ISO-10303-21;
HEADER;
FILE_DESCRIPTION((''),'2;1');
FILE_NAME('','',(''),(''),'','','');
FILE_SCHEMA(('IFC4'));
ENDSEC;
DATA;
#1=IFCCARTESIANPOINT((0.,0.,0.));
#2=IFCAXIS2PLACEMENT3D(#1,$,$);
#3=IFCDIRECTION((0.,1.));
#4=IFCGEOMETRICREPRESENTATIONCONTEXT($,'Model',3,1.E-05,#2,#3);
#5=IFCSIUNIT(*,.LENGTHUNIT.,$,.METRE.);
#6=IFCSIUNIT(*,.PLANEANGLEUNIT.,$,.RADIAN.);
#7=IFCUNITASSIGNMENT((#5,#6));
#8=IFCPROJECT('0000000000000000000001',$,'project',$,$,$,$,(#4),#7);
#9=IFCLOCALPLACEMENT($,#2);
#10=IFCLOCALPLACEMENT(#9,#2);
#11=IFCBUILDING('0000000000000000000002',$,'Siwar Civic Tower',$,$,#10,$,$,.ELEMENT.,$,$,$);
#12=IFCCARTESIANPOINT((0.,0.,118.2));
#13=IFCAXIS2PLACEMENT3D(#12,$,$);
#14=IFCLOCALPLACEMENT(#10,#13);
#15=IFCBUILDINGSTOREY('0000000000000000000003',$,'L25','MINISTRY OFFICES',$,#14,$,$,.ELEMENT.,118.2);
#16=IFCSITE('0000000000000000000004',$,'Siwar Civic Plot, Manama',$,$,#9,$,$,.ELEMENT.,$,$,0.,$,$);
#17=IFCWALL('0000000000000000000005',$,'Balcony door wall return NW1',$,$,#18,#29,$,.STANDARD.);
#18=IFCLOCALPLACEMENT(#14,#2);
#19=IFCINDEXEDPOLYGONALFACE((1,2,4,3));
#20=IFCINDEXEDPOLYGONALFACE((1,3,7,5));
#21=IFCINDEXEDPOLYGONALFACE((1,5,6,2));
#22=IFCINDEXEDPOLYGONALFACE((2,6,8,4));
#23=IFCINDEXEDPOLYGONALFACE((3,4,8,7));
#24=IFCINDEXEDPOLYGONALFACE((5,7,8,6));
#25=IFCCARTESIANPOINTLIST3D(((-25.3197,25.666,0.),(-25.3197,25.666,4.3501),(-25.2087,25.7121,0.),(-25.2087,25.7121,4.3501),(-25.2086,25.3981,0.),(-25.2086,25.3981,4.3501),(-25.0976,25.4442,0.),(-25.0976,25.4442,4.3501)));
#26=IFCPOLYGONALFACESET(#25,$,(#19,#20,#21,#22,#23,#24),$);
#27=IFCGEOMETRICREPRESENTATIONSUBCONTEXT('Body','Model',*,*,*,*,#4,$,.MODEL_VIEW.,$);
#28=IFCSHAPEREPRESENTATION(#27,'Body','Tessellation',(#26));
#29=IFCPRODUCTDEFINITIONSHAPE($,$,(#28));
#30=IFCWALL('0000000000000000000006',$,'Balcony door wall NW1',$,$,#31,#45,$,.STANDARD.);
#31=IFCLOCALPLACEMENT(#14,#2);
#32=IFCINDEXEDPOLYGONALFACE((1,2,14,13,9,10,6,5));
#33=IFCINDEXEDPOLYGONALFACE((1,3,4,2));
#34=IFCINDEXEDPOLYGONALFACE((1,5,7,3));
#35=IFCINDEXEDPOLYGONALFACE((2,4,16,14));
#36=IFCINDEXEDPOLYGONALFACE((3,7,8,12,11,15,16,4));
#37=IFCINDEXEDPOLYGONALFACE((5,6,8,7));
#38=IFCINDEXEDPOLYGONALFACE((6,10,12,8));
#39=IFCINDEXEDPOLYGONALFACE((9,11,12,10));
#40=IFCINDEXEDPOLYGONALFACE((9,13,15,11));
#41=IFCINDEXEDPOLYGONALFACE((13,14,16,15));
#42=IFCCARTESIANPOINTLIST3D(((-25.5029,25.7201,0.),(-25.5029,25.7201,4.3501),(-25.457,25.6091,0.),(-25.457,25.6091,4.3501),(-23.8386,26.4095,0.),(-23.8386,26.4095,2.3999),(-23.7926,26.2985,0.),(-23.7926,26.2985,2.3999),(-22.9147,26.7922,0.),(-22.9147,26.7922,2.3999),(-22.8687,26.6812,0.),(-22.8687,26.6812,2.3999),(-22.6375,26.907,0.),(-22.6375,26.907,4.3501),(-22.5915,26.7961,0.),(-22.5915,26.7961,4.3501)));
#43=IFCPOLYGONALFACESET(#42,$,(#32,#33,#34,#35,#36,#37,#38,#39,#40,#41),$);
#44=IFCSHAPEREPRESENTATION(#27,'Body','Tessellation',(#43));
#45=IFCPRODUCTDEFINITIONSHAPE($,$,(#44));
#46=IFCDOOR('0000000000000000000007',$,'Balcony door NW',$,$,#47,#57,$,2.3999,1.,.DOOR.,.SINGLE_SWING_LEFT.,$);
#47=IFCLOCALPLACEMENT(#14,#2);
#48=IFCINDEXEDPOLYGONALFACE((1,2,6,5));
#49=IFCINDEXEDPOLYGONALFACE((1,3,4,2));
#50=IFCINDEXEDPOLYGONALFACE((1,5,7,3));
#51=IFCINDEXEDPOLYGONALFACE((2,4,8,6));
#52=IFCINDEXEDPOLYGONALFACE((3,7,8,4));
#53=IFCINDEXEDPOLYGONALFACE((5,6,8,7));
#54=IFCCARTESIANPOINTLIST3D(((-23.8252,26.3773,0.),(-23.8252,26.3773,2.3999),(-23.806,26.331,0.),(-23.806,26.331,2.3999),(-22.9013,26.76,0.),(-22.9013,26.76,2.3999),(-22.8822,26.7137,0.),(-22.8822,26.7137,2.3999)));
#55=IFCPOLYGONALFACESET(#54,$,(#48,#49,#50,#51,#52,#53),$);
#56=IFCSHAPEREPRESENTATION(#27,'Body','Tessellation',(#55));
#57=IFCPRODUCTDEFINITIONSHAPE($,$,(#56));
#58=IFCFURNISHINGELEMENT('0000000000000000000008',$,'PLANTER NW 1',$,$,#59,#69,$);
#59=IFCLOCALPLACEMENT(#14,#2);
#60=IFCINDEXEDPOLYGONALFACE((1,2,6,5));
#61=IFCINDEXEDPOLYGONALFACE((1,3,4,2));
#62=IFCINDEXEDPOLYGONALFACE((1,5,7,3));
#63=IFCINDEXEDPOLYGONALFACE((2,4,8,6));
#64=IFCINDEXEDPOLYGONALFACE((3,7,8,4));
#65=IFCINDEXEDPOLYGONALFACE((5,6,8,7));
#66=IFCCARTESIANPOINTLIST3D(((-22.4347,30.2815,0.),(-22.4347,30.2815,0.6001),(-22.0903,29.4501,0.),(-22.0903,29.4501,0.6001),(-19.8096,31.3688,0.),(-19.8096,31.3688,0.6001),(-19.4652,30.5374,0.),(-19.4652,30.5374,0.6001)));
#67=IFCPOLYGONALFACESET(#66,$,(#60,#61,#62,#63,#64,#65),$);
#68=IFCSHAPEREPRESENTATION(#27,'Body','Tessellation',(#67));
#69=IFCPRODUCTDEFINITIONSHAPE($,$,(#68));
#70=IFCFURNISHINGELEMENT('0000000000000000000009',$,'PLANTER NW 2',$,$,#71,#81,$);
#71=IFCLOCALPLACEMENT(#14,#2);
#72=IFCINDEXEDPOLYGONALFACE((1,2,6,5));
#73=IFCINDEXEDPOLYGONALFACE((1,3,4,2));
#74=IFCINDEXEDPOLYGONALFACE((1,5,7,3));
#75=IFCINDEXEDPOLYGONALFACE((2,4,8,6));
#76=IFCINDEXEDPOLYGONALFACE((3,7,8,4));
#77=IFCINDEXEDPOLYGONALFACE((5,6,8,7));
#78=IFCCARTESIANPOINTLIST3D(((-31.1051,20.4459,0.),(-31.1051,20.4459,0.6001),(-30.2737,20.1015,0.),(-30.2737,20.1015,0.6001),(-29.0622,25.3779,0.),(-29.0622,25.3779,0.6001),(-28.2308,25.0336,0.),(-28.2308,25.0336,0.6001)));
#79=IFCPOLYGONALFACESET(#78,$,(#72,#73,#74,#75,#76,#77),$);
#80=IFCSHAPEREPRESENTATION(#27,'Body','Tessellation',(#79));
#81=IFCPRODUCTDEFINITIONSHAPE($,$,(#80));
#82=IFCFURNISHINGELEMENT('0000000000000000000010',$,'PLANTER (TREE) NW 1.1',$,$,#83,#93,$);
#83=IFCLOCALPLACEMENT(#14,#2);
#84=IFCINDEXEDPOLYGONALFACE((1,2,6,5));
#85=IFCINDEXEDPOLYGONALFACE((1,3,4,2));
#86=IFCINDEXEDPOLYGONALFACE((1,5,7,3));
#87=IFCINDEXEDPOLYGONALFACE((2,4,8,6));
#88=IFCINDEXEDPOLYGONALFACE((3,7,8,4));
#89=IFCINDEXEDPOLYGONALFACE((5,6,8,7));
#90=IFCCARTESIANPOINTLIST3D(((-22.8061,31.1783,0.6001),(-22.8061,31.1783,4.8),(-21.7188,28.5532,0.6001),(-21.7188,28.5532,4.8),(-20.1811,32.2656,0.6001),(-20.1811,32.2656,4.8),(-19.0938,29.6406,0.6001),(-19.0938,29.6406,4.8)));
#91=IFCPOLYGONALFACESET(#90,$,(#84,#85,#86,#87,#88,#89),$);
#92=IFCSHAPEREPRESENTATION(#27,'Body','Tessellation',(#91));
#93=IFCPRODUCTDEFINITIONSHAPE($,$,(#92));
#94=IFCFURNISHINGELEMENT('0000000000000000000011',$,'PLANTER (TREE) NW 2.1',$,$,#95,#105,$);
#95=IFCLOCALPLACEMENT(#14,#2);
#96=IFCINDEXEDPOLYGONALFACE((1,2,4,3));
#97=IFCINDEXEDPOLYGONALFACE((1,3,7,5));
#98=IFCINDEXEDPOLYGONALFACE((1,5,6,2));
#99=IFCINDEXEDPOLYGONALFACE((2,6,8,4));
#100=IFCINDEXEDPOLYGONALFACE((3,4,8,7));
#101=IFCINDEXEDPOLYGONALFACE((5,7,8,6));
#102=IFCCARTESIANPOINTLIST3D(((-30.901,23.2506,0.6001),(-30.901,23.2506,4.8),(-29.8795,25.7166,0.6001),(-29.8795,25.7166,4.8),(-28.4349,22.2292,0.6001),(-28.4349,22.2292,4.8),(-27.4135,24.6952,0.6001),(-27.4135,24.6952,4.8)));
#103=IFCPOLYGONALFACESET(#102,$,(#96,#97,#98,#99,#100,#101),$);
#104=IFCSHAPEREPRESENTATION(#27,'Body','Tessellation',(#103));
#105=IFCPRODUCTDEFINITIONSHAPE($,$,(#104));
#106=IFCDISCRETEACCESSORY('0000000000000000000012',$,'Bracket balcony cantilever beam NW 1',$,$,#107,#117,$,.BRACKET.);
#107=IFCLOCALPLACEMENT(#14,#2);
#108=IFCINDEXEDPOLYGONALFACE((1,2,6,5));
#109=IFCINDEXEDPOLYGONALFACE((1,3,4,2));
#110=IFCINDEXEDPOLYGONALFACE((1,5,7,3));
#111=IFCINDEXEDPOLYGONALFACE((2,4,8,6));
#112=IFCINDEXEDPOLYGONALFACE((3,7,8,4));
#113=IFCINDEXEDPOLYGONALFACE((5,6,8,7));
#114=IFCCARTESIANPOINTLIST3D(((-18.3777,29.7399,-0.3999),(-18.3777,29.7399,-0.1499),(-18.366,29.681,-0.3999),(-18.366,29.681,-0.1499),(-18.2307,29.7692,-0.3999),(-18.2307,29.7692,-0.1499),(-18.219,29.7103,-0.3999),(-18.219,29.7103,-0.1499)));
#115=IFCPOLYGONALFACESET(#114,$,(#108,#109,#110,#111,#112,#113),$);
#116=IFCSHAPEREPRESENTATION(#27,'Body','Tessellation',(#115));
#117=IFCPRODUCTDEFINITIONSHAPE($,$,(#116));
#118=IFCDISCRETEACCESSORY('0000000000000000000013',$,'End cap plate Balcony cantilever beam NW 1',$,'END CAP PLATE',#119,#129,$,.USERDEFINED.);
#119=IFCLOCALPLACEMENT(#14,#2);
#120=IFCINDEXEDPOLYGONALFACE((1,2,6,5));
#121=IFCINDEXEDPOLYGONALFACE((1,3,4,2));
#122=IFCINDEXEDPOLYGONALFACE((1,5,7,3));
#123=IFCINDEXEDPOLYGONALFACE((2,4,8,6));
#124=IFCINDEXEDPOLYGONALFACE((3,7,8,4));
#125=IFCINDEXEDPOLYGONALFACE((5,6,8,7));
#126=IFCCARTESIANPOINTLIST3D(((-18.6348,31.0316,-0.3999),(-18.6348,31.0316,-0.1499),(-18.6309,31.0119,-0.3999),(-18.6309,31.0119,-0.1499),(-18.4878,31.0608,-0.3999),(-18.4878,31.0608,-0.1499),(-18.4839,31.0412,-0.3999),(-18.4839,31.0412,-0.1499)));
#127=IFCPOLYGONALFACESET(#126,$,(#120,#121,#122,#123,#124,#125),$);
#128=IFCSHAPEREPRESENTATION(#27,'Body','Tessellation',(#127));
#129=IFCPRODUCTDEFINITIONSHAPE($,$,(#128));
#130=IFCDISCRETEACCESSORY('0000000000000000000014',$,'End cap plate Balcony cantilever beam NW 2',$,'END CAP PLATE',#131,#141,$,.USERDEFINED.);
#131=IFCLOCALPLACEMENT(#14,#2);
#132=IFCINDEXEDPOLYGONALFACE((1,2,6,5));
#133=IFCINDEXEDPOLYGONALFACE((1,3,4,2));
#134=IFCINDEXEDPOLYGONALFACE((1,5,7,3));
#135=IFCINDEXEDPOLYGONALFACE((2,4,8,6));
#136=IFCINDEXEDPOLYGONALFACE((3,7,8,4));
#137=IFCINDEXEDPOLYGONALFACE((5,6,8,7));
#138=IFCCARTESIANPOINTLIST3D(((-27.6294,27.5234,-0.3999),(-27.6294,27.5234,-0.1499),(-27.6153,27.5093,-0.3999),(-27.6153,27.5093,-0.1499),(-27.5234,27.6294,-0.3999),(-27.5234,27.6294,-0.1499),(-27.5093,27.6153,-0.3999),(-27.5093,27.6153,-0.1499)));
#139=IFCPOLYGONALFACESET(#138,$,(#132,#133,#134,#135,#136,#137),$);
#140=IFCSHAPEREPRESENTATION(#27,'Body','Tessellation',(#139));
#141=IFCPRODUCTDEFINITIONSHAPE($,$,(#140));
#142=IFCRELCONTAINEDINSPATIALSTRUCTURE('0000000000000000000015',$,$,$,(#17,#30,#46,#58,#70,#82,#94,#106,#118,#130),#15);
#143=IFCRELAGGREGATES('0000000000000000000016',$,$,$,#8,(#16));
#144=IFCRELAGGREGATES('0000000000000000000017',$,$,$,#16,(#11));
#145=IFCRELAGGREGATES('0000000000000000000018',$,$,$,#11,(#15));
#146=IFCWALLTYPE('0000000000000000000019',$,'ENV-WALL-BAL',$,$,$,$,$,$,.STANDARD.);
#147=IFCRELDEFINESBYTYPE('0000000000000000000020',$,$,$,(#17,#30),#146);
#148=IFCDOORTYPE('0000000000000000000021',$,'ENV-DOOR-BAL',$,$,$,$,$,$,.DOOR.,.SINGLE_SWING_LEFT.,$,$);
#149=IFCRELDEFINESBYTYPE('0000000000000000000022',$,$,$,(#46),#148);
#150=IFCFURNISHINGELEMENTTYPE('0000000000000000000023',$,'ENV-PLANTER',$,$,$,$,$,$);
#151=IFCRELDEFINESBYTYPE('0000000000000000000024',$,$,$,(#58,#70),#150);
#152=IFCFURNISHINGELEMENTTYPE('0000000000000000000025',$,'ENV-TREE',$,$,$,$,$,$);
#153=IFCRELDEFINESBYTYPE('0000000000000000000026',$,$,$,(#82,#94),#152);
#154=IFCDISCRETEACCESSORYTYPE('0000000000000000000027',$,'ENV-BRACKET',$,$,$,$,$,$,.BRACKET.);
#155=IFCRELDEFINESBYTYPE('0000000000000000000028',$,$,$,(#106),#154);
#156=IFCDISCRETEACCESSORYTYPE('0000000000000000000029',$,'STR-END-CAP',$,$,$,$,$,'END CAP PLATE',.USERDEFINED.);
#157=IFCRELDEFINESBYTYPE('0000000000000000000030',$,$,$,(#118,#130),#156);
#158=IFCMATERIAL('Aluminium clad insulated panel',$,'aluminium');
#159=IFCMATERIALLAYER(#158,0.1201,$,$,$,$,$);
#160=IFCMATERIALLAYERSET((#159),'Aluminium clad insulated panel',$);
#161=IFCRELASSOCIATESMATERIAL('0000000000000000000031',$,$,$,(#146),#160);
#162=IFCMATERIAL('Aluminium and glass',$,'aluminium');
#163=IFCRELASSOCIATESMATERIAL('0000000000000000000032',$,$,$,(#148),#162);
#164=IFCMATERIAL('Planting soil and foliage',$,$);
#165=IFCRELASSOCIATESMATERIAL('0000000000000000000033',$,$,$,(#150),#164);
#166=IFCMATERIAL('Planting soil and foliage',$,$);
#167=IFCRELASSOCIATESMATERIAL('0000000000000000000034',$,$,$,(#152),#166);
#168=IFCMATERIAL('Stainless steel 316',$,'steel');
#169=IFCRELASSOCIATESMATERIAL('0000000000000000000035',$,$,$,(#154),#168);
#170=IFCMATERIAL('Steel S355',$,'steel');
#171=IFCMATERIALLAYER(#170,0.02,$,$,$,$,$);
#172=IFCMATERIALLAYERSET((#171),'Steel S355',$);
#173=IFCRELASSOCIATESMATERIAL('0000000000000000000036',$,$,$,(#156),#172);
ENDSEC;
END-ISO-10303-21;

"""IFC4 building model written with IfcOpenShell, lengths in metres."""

from ifc_helpers import new_model, si_unit, direction, frame, frame_2d, origin, origin_2d, place, context, subcontext, project, spatial, rectangle, extrude, material, layer, layer_set, type_object, element, fill, save


model = new_model("IFC4")

# Units and contexts
model_context = context("Model", 3, precision=1e-05, world=origin(), true_north=direction((0.0, 1.0)))
body_context = subcontext(model_context, "Body", "Model", "MODEL_VIEW")
ifc_project = project(units=[si_unit("LENGTHUNIT", "METRE"), si_unit("PLANEANGLEUNIT", "RADIAN")], contexts=[model_context])

# Site, building, storey
site_placement = place(None, origin())
site = spatial("IfcSite", under=ifc_project, at=site_placement, Name="Siwar Civic Plot, Manama", CompositionType="ELEMENT", RefElevation=0.0)
building_placement = place(site_placement, origin())
building = spatial("IfcBuilding", under=site, at=building_placement, Name="Siwar Civic Tower", CompositionType="ELEMENT")
storey_placement = place(building_placement, frame((0.0, 0.0, 118.2)))
storey = spatial("IfcBuildingStorey", under=building, at=storey_placement, Name="L25", Description="MINISTRY OFFICES", CompositionType="ELEMENT", Elevation=118.2)

# Wall
ifc_material_1 = material(Name="Aluminium clad insulated panel", Category="aluminium")
ifc_layer_1 = layer(ifc_material_1, 0.1201)
ifc_layer_set_1 = layer_set([ifc_layer_1], Name="Aluminium clad insulated panel")
wall_type = type_object("IfcWallType", Name="ENV-WALL-BAL", PredefinedType="STANDARD", material=ifc_layer_set_1)
for number, where, z_axis, x_axis, name in (
    (1, (-25.1531, 25.4211, 0.0), (0.0, 0.0, 1.0), (-0.38312, 0.923699, 0.0), "Balcony door wall return NW1"),
):
    element("IfcWall", number, at=place(storey_placement, frame(where, z_axis=z_axis, x_axis=x_axis)), inside=storey, type_object=wall_type, Name=name, PredefinedType="STANDARD", context=body_context, shape_type="SweptSolid", body=[
        extrude(rectangle(XDim=0.29, YDim=0.1201, at=frame_2d((0.145, 0.0))), origin(), (0.0, 0.0, 1.0), 4.3501),
    ])

# Wall, opening, door
wall_placement = place(storey_placement, frame((-22.6145, 26.8516, 0.0), z_axis=(0.0, 0.0, 1.0), x_axis=(-0.923869, -0.382709, 0.0)))
wall = element("IfcWall", 2, at=wall_placement, inside=storey, type_object=wall_type, Name="Balcony door wall NW1", PredefinedType="STANDARD", context=body_context, shape_type="SweptSolid", body=[
    extrude(rectangle(XDim=3.1016, YDim=0.1201, at=frame_2d((1.5508, 0.0))), origin(), (0.0, 0.0, 1.0), 4.3501),
])
opening_placement = place(wall_placement, frame((0.3, 0.0, 0.0)))
opening = element("IfcOpeningElement", 3, at=opening_placement, cuts=wall, PredefinedType="OPENING", context=body_context, shape_type="SweptSolid", body=[
    extrude(rectangle(XDim=1.0, YDim=2.3999, at=frame_2d((0.5, 1.2))), frame((0.0, 0.0701, 0.0), z_axis=(0.0, -1.0, 0.0), x_axis=(1.0, 0.0, 0.0)), (0.0, 0.0, 1.0), 0.1401),
])
ifc_material_2 = material(Name="Aluminium and glass", Category="aluminium")
door_type = type_object("IfcDoorType", Name="ENV-DOOR-BAL", OperationType="SINGLE_SWING_LEFT", PredefinedType="DOOR", material=ifc_material_2)
door_placement = place(opening_placement, origin())
door = element("IfcDoor", 4, at=door_placement, inside=storey, type_object=door_type, Name="Balcony door NW", OperationType="SINGLE_SWING_LEFT", OverallHeight=2.3999, OverallWidth=1.0, PredefinedType="DOOR", context=body_context, shape_type="SweptSolid", body=[
    extrude(rectangle(XDim=1.0, YDim=2.3999, at=frame_2d((0.5, 1.2))), frame((0.0, 0.0249, 0.0), z_axis=(0.0, -1.0, 0.0), x_axis=(1.0, 0.0, 0.0)), (0.0, 0.0, 1.0), 0.05),
])
fill(opening, door)

# Furnishing elements
ifc_material_3 = material(Name="Planting soil and foliage")
furnishing_element_type_1 = type_object("IfcFurnishingElementType", Name="ENV-PLANTER", material=ifc_material_3)
furnishing_1_placement = place(storey_placement, frame((-20.95, 30.4094, 0.0), z_axis=(0.0, 0.0, 1.0), x_axis=(-0.92388, -0.382683, 0.0)))
element("IfcFurnishingElement", 5, at=furnishing_1_placement, inside=storey, type_object=furnishing_element_type_1, Name="PLANTER NW 1", context=body_context, shape_type="SweptSolid", body=[
    extrude(rectangle(XDim=2.8413, YDim=0.8999, at=origin_2d()), origin(), (0.0, 0.0, 1.0), 0.6001),
])
furnishing_2_placement = place(storey_placement, frame((-29.668, 22.7397, 0.0), z_axis=(0.0, 0.0, 1.0), x_axis=(-0.382683, -0.92388, 0.0)))
element("IfcFurnishingElement", 6, at=furnishing_2_placement, inside=storey, type_object=furnishing_element_type_1, Name="PLANTER NW 2", context=body_context, shape_type="SweptSolid", body=[
    extrude(rectangle(XDim=5.3384, YDim=0.8999, at=origin_2d()), origin(), (0.0, 0.0, 1.0), 0.6001),
])
ifc_material_4 = material(Name="Planting soil and foliage")
furnishing_element_type_2 = type_object("IfcFurnishingElementType", Name="ENV-TREE", material=ifc_material_4)
furnishing_3_placement = place(storey_placement, frame((-20.95, 30.4094, 0.6001), z_axis=(0.0, 0.0, 1.0), x_axis=(-0.92388, -0.382683, 0.0)))
element("IfcFurnishingElement", 7, at=furnishing_3_placement, inside=storey, type_object=furnishing_element_type_2, Name="PLANTER (TREE) NW 1.1", context=body_context, shape_type="SweptSolid", body=[
    extrude(rectangle(XDim=2.8413, YDim=2.8413, at=origin_2d()), origin(), (0.0, 0.0, 1.0), 4.2),
])
furnishing_4_placement = place(storey_placement, frame((-29.1572, 23.9729, 0.6001), z_axis=(0.0, 0.0, 1.0), x_axis=(-0.382683, -0.92388, 0.0)))
element("IfcFurnishingElement", 8, at=furnishing_4_placement, inside=storey, type_object=furnishing_element_type_2, Name="PLANTER (TREE) NW 2.1", context=body_context, shape_type="SweptSolid", body=[
    extrude(rectangle(XDim=2.6692, YDim=2.6692, at=origin_2d()), origin(), (0.0, 0.0, 1.0), 4.2),
])

# Discrete accessories
ifc_material_5 = material(Name="Stainless steel 316", Category="steel")
discrete_accessory_type_1 = type_object("IfcDiscreteAccessoryType", Name="ENV-BRACKET", PredefinedType="BRACKET", material=ifc_material_5)
discrete_accessory_placement = place(storey_placement, frame((-18.2983, 29.7251, -0.3999), z_axis=(0.0, 0.0, 1.0), x_axis=(-0.19509, 0.980785, 0.0)))
element("IfcDiscreteAccessory", 9, at=discrete_accessory_placement, inside=storey, type_object=discrete_accessory_type_1, Name="Bracket balcony cantilever beam NW 1", PredefinedType="BRACKET", context=body_context, shape_type="SweptSolid", body=[
    extrude(rectangle(XDim=0.0601, YDim=0.1499, at=origin_2d()), origin(), (0.0, 0.0, 1.0), 0.25),
])
ifc_material_6 = material(Name="Steel S355", Category="steel")
ifc_layer_2 = layer(ifc_material_6, 0.02)
ifc_layer_set_2 = layer_set([ifc_layer_2], Name="Steel S355")
discrete_accessory_type_2 = type_object("IfcDiscreteAccessoryType", Name="STR-END-CAP", ElementType="END CAP PLATE", PredefinedType="USERDEFINED", material=ifc_layer_set_2)
for number, where, z_axis, x_axis, name in (
    (10, (-18.5593, 31.0364, -0.3999), (0.0, 0.0, 1.0), (-0.19509, 0.980785, 0.0), "End cap plate Balcony cantilever beam NW 1"),
    (11, (-27.5693, 27.5693, -0.3999), (0.0, 0.0, 1.0), (-0.707107, 0.707107, 0.0), "End cap plate Balcony cantilever beam NW 2"),
):
    element("IfcDiscreteAccessory", number, at=place(storey_placement, frame(where, z_axis=z_axis, x_axis=x_axis)), inside=storey, type_object=discrete_accessory_type_2, Name=name, ObjectType="END CAP PLATE", PredefinedType="USERDEFINED", context=body_context, shape_type="SweptSolid", body=[
        extrude(rectangle(XDim=0.02, YDim=0.1499, at=origin_2d()), origin(), (0.0, 0.0, 1.0), 0.25),
    ])

save(model, "model.ifc")
